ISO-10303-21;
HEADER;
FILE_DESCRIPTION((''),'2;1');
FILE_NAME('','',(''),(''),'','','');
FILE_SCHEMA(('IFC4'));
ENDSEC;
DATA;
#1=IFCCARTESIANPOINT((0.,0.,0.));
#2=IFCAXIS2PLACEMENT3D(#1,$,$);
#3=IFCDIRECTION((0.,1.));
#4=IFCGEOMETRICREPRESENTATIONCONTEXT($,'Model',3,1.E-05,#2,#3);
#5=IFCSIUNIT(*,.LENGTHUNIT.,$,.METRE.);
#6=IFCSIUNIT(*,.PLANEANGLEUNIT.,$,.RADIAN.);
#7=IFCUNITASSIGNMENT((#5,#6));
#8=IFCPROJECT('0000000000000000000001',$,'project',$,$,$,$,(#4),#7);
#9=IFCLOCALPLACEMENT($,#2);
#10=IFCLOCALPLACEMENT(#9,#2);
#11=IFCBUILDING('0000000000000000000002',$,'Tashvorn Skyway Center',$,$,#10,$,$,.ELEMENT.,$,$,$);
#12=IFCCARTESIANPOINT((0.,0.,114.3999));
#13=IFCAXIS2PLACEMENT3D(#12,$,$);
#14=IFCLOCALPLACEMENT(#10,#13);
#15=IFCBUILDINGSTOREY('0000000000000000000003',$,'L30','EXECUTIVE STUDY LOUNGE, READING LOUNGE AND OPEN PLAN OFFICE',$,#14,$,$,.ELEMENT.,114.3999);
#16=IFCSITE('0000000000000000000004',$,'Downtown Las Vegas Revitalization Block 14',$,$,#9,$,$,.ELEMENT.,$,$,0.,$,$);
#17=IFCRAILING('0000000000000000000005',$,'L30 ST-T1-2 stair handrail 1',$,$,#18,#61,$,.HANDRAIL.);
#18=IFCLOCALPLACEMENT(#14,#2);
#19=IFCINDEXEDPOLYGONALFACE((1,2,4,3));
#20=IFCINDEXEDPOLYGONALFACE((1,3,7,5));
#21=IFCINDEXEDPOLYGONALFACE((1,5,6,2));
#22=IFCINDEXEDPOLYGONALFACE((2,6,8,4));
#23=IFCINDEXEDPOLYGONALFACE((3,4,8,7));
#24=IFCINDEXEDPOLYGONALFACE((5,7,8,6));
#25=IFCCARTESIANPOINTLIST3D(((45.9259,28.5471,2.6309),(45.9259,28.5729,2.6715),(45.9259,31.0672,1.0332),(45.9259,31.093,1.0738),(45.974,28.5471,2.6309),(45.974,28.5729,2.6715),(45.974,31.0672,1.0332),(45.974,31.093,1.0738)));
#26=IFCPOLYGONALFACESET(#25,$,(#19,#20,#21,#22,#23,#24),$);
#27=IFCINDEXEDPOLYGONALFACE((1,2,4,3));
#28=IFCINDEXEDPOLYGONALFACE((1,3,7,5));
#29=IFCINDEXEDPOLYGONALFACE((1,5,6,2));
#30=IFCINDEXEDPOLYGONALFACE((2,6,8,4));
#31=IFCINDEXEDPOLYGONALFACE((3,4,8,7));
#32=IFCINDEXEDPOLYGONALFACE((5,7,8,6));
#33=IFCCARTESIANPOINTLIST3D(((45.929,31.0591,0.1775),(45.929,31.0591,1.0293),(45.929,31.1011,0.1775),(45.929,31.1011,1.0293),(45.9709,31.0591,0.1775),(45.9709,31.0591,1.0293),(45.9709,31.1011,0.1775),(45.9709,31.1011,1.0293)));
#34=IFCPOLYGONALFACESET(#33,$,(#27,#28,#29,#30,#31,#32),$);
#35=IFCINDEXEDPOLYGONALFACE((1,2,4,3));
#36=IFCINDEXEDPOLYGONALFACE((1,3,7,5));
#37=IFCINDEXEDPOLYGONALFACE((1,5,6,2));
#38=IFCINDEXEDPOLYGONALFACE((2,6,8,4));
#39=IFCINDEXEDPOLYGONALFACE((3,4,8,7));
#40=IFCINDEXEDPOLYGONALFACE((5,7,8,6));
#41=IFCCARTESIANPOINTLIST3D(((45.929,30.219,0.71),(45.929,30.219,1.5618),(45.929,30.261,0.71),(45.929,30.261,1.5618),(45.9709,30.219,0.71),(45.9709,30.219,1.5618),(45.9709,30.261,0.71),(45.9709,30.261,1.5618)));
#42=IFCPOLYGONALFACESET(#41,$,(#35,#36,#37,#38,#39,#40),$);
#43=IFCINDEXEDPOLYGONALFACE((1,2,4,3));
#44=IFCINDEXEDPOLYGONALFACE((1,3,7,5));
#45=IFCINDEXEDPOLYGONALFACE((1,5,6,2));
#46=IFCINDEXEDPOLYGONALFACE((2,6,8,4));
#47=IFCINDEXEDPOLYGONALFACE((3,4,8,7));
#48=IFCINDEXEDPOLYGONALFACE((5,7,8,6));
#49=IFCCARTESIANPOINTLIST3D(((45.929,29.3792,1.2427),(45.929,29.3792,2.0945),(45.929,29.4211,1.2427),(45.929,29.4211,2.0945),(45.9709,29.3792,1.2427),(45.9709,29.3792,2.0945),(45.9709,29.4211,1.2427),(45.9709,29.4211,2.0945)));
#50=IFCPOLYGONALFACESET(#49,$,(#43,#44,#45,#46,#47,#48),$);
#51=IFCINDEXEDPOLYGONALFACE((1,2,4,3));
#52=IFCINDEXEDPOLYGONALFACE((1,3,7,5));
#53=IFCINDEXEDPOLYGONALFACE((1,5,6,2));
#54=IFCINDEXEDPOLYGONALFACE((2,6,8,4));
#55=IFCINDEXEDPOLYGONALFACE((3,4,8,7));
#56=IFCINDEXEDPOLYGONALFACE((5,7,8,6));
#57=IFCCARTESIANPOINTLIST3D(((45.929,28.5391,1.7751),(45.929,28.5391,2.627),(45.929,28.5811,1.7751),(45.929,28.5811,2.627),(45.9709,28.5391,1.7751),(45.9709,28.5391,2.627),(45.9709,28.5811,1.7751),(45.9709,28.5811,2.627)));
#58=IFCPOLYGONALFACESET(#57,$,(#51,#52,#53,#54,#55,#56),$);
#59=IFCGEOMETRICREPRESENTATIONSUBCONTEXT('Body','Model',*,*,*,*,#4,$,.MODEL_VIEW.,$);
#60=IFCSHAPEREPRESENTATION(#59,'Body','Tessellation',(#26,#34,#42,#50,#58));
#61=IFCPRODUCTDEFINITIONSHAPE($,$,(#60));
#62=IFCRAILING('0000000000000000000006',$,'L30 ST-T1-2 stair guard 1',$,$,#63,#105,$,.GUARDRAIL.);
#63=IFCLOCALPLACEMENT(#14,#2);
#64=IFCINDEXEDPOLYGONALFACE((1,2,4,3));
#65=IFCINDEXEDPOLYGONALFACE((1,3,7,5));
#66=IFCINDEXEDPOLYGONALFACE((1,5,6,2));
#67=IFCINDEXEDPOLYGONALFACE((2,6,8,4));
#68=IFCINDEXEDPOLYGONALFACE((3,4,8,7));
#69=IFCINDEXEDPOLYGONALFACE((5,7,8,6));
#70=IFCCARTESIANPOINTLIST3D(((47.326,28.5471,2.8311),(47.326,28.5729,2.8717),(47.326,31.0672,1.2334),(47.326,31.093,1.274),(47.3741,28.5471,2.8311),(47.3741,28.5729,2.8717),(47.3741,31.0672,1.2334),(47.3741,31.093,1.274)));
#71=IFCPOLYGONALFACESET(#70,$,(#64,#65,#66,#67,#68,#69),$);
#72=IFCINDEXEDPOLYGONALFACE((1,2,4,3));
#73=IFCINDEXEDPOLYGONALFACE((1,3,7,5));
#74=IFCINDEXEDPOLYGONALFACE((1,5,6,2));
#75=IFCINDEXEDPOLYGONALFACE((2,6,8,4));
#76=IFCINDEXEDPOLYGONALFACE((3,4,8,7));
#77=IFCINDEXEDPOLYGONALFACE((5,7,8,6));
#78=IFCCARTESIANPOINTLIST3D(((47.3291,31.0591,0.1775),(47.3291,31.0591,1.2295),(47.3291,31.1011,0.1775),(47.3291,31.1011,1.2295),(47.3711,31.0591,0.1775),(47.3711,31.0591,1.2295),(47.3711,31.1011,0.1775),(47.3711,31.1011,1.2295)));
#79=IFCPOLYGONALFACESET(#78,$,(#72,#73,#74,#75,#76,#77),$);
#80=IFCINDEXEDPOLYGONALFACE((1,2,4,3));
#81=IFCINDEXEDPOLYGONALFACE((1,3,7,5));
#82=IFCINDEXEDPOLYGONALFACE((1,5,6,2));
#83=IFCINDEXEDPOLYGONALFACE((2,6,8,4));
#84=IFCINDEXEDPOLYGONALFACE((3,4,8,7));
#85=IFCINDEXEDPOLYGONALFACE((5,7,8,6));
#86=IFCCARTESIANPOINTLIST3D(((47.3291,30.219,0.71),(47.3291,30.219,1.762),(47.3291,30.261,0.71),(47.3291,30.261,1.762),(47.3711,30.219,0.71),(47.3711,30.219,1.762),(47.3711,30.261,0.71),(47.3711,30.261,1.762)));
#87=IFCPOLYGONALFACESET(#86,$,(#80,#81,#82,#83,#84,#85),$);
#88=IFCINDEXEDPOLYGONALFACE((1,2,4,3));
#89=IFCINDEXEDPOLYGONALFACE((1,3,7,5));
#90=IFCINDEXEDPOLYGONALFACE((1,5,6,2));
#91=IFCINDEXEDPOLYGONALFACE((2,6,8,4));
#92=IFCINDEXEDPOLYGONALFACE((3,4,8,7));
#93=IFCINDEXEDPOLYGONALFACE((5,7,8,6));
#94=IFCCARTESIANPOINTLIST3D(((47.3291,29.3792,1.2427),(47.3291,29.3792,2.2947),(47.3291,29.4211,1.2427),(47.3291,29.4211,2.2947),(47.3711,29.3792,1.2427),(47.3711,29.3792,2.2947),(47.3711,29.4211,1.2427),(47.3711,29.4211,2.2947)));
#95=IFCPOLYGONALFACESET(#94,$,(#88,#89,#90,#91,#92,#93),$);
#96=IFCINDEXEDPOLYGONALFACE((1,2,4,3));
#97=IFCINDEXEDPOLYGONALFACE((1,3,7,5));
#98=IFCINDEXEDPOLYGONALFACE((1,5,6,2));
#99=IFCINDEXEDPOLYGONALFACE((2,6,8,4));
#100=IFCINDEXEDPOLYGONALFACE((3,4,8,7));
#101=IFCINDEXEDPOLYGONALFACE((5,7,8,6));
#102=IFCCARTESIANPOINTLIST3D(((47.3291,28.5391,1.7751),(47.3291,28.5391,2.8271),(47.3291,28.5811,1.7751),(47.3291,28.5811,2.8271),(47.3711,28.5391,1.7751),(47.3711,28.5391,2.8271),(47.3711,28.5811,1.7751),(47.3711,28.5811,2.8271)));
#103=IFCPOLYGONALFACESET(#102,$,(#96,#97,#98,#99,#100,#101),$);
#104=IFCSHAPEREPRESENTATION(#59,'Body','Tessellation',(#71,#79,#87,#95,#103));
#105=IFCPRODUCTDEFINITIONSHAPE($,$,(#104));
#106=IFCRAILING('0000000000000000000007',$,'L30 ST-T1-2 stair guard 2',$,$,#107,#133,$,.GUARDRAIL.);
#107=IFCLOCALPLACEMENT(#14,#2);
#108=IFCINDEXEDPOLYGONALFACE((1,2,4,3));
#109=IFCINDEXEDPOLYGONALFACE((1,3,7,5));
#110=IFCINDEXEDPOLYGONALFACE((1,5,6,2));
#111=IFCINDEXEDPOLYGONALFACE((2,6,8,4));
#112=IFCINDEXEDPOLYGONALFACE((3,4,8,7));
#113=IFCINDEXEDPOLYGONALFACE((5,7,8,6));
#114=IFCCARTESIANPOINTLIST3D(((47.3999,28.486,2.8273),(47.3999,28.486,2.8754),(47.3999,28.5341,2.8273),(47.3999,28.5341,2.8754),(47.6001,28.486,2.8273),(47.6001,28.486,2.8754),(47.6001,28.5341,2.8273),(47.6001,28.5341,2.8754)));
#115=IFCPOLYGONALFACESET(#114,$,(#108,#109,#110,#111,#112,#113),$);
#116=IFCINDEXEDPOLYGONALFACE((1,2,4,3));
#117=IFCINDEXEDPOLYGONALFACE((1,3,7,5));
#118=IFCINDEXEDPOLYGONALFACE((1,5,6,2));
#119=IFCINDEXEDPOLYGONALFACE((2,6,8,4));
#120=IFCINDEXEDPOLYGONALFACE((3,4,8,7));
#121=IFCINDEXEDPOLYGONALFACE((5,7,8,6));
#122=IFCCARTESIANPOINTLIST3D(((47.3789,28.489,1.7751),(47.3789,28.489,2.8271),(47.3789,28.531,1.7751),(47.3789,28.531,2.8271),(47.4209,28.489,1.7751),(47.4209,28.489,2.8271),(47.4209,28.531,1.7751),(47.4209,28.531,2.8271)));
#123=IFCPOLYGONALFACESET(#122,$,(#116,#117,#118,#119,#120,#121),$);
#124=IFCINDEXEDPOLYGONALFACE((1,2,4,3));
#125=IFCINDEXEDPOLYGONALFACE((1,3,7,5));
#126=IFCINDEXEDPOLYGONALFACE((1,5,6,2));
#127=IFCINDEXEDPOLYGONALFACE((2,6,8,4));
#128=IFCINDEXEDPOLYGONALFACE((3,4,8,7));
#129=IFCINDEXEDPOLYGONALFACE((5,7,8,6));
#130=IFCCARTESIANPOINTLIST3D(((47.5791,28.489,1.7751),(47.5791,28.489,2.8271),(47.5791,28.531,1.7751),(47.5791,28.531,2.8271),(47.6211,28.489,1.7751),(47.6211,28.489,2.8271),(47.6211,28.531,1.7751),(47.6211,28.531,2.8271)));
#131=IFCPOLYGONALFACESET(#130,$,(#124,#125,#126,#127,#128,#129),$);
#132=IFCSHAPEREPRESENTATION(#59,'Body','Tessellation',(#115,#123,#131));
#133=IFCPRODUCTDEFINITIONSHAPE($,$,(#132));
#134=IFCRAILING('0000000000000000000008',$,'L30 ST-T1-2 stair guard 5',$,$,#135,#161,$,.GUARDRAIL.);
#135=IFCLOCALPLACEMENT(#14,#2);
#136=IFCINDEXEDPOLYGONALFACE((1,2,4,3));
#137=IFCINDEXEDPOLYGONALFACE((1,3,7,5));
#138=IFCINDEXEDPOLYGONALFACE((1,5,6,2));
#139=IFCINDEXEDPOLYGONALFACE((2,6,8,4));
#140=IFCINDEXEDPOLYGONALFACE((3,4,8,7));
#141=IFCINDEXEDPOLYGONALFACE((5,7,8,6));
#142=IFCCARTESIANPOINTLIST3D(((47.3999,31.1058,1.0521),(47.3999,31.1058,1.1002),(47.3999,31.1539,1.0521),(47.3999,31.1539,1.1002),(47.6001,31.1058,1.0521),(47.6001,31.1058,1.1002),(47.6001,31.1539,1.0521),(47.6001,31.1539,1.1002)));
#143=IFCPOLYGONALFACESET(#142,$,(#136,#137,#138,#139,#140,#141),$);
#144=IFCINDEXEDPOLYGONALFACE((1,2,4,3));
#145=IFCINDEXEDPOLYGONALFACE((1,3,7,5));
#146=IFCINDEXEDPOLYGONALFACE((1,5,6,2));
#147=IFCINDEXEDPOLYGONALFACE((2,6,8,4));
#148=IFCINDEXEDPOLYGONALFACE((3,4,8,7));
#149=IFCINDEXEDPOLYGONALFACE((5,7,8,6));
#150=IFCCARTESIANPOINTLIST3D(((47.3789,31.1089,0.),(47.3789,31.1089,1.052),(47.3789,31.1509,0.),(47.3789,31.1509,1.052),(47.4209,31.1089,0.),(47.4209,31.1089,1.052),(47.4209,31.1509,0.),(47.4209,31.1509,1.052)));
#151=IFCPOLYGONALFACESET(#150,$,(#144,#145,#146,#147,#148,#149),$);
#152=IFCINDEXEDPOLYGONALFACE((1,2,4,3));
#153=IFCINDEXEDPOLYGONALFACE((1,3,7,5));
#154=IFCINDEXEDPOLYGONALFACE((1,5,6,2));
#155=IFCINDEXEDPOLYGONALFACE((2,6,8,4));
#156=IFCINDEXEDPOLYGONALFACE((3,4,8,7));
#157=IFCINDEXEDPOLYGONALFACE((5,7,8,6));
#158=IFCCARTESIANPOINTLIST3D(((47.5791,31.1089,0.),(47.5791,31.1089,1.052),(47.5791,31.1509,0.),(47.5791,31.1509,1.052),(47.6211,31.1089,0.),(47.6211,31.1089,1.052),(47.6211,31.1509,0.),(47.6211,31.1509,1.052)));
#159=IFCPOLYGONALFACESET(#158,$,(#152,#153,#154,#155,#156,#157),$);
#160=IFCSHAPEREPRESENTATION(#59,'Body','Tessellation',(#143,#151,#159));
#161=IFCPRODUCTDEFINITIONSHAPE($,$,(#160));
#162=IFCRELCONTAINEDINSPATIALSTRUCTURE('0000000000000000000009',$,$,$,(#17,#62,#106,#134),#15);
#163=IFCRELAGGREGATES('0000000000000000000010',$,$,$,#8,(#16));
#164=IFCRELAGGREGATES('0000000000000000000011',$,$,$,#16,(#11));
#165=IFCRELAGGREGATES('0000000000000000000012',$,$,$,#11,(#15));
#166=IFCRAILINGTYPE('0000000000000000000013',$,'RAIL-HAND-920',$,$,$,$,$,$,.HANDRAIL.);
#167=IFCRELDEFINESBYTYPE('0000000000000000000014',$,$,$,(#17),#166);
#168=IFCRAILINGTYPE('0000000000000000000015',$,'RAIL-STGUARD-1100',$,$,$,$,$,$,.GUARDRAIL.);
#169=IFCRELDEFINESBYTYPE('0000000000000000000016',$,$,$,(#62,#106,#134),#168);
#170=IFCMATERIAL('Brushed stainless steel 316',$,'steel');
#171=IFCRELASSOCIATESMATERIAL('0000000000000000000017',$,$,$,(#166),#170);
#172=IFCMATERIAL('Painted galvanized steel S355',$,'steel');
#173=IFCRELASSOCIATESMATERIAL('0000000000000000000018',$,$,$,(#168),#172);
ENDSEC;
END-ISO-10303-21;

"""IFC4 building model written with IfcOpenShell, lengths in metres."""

from ifc_helpers import new_model, si_unit, direction, frame, origin, origin_2d, place, context, subcontext, project, spatial, rectangle, extrude, material, type_object, element, save


model = new_model("IFC4")

# Units and contexts
model_context = context("Model", 3, precision=1e-05, world=origin(), true_north=direction((0.0, 1.0)))
body_context = subcontext(model_context, "Body", "Model", "MODEL_VIEW")
ifc_project = project(units=[si_unit("LENGTHUNIT", "METRE"), si_unit("PLANEANGLEUNIT", "RADIAN")], contexts=[model_context])

# Site, building, storey
site_placement = place(None, origin())
site = spatial("IfcSite", under=ifc_project, at=site_placement, Name="Downtown Las Vegas Revitalization Block 14", CompositionType="ELEMENT", RefElevation=0.0)
building_placement = place(site_placement, origin())
building = spatial("IfcBuilding", under=site, at=building_placement, Name="Tashvorn Skyway Center", CompositionType="ELEMENT")
storey_placement = place(building_placement, frame((0.0, 0.0, 114.3999)))
storey = spatial("IfcBuildingStorey", under=building, at=storey_placement, Name="L30", Description="EXECUTIVE STUDY LOUNGE, READING LOUNGE AND OPEN PLAN OFFICE", CompositionType="ELEMENT", Elevation=114.3999)

# Railings
ifc_material_1 = material(Name="Brushed stainless steel 316", Category="steel")
railing_type_1 = type_object("IfcRailingType", Name="RAIL-HAND-920", PredefinedType="HANDRAIL", material=ifc_material_1)
railing_1_placement = place(storey_placement, frame((45.95, 31.0801, 0.1775)))
element("IfcRailing", 1, at=railing_1_placement, inside=storey, type_object=railing_type_1, Name="L30 ST-T1-2 stair handrail 1", PredefinedType="HANDRAIL", context=body_context, shape_type="SweptSolid", body=[
    extrude(rectangle(XDim=0.0481, YDim=0.0481, at=origin_2d()), frame((0.0, 0.0, 0.876), z_axis=(0.0, -0.84457, 0.535445), x_axis=(1.0, 0.0, 0.0)), (0.0, 0.0, 1.0), 2.9839),
    extrude(rectangle(XDim=0.042, YDim=0.042, at=origin_2d()), origin(), (0.0, 0.0, 1.0), 0.8518),
    extrude(rectangle(XDim=0.042, YDim=0.042, at=origin_2d()), frame((0.0, -0.8401, 0.5325)), (0.0, 0.0, 1.0), 0.8518),
    extrude(rectangle(XDim=0.042, YDim=0.042, at=origin_2d()), frame((0.0, -1.6799, 1.0652)), (0.0, 0.0, 1.0), 0.8518),
    extrude(rectangle(XDim=0.042, YDim=0.042, at=origin_2d()), frame((0.0, -2.52, 1.5977)), (0.0, 0.0, 1.0), 0.8518),
])
ifc_material_2 = material(Name="Painted galvanized steel S355", Category="steel")
railing_type_2 = type_object("IfcRailingType", Name="RAIL-STGUARD-1100", PredefinedType="GUARDRAIL", material=ifc_material_2)
railing_2_placement = place(storey_placement, frame((47.3501, 31.0801, 0.1775)))
element("IfcRailing", 2, at=railing_2_placement, inside=storey, type_object=railing_type_2, Name="L30 ST-T1-2 stair guard 1", PredefinedType="GUARDRAIL", context=body_context, shape_type="SweptSolid", body=[
    extrude(rectangle(XDim=0.0481, YDim=0.0481, at=origin_2d()), frame((0.0, 0.0, 1.0762), z_axis=(0.0, -0.84457, 0.535445), x_axis=(1.0, 0.0, 0.0)), (0.0, 0.0, 1.0), 2.9839),
    extrude(rectangle(XDim=0.042, YDim=0.042, at=origin_2d()), origin(), (0.0, 0.0, 1.0), 1.052),
    extrude(rectangle(XDim=0.042, YDim=0.042, at=origin_2d()), frame((0.0, -0.8401, 0.5325)), (0.0, 0.0, 1.0), 1.052),
    extrude(rectangle(XDim=0.042, YDim=0.042, at=origin_2d()), frame((0.0, -1.6799, 1.0652)), (0.0, 0.0, 1.0), 1.052),
    extrude(rectangle(XDim=0.042, YDim=0.042, at=origin_2d()), frame((0.0, -2.52, 1.5977)), (0.0, 0.0, 1.0), 1.052),
])
for number, where, name in (
    (3, (47.3999, 28.51, 1.7751), "L30 ST-T1-2 stair guard 2"),
    (4, (47.3999, 31.1299, 0.0), "L30 ST-T1-2 stair guard 5"),
):
    element("IfcRailing", number, at=place(storey_placement, frame(where)), inside=storey, type_object=railing_type_2, Name=name, PredefinedType="GUARDRAIL", context=body_context, shape_type="SweptSolid", body=[
        extrude(rectangle(XDim=0.0481, YDim=0.0481, at=origin_2d()), frame((0.0, 0.0, 1.0762), z_axis=(1.0, 0.0, 0.0), x_axis=(0.0, 1.0, 0.0)), (0.0, 0.0, 1.0), 0.2002),
        extrude(rectangle(XDim=0.042, YDim=0.042, at=origin_2d()), origin(), (0.0, 0.0, 1.0), 1.052),
        extrude(rectangle(XDim=0.042, YDim=0.042, at=origin_2d()), frame((0.2002, 0.0, 0.0)), (0.0, 0.0, 1.0), 1.052),
    ])

save(model, "model.ifc")
